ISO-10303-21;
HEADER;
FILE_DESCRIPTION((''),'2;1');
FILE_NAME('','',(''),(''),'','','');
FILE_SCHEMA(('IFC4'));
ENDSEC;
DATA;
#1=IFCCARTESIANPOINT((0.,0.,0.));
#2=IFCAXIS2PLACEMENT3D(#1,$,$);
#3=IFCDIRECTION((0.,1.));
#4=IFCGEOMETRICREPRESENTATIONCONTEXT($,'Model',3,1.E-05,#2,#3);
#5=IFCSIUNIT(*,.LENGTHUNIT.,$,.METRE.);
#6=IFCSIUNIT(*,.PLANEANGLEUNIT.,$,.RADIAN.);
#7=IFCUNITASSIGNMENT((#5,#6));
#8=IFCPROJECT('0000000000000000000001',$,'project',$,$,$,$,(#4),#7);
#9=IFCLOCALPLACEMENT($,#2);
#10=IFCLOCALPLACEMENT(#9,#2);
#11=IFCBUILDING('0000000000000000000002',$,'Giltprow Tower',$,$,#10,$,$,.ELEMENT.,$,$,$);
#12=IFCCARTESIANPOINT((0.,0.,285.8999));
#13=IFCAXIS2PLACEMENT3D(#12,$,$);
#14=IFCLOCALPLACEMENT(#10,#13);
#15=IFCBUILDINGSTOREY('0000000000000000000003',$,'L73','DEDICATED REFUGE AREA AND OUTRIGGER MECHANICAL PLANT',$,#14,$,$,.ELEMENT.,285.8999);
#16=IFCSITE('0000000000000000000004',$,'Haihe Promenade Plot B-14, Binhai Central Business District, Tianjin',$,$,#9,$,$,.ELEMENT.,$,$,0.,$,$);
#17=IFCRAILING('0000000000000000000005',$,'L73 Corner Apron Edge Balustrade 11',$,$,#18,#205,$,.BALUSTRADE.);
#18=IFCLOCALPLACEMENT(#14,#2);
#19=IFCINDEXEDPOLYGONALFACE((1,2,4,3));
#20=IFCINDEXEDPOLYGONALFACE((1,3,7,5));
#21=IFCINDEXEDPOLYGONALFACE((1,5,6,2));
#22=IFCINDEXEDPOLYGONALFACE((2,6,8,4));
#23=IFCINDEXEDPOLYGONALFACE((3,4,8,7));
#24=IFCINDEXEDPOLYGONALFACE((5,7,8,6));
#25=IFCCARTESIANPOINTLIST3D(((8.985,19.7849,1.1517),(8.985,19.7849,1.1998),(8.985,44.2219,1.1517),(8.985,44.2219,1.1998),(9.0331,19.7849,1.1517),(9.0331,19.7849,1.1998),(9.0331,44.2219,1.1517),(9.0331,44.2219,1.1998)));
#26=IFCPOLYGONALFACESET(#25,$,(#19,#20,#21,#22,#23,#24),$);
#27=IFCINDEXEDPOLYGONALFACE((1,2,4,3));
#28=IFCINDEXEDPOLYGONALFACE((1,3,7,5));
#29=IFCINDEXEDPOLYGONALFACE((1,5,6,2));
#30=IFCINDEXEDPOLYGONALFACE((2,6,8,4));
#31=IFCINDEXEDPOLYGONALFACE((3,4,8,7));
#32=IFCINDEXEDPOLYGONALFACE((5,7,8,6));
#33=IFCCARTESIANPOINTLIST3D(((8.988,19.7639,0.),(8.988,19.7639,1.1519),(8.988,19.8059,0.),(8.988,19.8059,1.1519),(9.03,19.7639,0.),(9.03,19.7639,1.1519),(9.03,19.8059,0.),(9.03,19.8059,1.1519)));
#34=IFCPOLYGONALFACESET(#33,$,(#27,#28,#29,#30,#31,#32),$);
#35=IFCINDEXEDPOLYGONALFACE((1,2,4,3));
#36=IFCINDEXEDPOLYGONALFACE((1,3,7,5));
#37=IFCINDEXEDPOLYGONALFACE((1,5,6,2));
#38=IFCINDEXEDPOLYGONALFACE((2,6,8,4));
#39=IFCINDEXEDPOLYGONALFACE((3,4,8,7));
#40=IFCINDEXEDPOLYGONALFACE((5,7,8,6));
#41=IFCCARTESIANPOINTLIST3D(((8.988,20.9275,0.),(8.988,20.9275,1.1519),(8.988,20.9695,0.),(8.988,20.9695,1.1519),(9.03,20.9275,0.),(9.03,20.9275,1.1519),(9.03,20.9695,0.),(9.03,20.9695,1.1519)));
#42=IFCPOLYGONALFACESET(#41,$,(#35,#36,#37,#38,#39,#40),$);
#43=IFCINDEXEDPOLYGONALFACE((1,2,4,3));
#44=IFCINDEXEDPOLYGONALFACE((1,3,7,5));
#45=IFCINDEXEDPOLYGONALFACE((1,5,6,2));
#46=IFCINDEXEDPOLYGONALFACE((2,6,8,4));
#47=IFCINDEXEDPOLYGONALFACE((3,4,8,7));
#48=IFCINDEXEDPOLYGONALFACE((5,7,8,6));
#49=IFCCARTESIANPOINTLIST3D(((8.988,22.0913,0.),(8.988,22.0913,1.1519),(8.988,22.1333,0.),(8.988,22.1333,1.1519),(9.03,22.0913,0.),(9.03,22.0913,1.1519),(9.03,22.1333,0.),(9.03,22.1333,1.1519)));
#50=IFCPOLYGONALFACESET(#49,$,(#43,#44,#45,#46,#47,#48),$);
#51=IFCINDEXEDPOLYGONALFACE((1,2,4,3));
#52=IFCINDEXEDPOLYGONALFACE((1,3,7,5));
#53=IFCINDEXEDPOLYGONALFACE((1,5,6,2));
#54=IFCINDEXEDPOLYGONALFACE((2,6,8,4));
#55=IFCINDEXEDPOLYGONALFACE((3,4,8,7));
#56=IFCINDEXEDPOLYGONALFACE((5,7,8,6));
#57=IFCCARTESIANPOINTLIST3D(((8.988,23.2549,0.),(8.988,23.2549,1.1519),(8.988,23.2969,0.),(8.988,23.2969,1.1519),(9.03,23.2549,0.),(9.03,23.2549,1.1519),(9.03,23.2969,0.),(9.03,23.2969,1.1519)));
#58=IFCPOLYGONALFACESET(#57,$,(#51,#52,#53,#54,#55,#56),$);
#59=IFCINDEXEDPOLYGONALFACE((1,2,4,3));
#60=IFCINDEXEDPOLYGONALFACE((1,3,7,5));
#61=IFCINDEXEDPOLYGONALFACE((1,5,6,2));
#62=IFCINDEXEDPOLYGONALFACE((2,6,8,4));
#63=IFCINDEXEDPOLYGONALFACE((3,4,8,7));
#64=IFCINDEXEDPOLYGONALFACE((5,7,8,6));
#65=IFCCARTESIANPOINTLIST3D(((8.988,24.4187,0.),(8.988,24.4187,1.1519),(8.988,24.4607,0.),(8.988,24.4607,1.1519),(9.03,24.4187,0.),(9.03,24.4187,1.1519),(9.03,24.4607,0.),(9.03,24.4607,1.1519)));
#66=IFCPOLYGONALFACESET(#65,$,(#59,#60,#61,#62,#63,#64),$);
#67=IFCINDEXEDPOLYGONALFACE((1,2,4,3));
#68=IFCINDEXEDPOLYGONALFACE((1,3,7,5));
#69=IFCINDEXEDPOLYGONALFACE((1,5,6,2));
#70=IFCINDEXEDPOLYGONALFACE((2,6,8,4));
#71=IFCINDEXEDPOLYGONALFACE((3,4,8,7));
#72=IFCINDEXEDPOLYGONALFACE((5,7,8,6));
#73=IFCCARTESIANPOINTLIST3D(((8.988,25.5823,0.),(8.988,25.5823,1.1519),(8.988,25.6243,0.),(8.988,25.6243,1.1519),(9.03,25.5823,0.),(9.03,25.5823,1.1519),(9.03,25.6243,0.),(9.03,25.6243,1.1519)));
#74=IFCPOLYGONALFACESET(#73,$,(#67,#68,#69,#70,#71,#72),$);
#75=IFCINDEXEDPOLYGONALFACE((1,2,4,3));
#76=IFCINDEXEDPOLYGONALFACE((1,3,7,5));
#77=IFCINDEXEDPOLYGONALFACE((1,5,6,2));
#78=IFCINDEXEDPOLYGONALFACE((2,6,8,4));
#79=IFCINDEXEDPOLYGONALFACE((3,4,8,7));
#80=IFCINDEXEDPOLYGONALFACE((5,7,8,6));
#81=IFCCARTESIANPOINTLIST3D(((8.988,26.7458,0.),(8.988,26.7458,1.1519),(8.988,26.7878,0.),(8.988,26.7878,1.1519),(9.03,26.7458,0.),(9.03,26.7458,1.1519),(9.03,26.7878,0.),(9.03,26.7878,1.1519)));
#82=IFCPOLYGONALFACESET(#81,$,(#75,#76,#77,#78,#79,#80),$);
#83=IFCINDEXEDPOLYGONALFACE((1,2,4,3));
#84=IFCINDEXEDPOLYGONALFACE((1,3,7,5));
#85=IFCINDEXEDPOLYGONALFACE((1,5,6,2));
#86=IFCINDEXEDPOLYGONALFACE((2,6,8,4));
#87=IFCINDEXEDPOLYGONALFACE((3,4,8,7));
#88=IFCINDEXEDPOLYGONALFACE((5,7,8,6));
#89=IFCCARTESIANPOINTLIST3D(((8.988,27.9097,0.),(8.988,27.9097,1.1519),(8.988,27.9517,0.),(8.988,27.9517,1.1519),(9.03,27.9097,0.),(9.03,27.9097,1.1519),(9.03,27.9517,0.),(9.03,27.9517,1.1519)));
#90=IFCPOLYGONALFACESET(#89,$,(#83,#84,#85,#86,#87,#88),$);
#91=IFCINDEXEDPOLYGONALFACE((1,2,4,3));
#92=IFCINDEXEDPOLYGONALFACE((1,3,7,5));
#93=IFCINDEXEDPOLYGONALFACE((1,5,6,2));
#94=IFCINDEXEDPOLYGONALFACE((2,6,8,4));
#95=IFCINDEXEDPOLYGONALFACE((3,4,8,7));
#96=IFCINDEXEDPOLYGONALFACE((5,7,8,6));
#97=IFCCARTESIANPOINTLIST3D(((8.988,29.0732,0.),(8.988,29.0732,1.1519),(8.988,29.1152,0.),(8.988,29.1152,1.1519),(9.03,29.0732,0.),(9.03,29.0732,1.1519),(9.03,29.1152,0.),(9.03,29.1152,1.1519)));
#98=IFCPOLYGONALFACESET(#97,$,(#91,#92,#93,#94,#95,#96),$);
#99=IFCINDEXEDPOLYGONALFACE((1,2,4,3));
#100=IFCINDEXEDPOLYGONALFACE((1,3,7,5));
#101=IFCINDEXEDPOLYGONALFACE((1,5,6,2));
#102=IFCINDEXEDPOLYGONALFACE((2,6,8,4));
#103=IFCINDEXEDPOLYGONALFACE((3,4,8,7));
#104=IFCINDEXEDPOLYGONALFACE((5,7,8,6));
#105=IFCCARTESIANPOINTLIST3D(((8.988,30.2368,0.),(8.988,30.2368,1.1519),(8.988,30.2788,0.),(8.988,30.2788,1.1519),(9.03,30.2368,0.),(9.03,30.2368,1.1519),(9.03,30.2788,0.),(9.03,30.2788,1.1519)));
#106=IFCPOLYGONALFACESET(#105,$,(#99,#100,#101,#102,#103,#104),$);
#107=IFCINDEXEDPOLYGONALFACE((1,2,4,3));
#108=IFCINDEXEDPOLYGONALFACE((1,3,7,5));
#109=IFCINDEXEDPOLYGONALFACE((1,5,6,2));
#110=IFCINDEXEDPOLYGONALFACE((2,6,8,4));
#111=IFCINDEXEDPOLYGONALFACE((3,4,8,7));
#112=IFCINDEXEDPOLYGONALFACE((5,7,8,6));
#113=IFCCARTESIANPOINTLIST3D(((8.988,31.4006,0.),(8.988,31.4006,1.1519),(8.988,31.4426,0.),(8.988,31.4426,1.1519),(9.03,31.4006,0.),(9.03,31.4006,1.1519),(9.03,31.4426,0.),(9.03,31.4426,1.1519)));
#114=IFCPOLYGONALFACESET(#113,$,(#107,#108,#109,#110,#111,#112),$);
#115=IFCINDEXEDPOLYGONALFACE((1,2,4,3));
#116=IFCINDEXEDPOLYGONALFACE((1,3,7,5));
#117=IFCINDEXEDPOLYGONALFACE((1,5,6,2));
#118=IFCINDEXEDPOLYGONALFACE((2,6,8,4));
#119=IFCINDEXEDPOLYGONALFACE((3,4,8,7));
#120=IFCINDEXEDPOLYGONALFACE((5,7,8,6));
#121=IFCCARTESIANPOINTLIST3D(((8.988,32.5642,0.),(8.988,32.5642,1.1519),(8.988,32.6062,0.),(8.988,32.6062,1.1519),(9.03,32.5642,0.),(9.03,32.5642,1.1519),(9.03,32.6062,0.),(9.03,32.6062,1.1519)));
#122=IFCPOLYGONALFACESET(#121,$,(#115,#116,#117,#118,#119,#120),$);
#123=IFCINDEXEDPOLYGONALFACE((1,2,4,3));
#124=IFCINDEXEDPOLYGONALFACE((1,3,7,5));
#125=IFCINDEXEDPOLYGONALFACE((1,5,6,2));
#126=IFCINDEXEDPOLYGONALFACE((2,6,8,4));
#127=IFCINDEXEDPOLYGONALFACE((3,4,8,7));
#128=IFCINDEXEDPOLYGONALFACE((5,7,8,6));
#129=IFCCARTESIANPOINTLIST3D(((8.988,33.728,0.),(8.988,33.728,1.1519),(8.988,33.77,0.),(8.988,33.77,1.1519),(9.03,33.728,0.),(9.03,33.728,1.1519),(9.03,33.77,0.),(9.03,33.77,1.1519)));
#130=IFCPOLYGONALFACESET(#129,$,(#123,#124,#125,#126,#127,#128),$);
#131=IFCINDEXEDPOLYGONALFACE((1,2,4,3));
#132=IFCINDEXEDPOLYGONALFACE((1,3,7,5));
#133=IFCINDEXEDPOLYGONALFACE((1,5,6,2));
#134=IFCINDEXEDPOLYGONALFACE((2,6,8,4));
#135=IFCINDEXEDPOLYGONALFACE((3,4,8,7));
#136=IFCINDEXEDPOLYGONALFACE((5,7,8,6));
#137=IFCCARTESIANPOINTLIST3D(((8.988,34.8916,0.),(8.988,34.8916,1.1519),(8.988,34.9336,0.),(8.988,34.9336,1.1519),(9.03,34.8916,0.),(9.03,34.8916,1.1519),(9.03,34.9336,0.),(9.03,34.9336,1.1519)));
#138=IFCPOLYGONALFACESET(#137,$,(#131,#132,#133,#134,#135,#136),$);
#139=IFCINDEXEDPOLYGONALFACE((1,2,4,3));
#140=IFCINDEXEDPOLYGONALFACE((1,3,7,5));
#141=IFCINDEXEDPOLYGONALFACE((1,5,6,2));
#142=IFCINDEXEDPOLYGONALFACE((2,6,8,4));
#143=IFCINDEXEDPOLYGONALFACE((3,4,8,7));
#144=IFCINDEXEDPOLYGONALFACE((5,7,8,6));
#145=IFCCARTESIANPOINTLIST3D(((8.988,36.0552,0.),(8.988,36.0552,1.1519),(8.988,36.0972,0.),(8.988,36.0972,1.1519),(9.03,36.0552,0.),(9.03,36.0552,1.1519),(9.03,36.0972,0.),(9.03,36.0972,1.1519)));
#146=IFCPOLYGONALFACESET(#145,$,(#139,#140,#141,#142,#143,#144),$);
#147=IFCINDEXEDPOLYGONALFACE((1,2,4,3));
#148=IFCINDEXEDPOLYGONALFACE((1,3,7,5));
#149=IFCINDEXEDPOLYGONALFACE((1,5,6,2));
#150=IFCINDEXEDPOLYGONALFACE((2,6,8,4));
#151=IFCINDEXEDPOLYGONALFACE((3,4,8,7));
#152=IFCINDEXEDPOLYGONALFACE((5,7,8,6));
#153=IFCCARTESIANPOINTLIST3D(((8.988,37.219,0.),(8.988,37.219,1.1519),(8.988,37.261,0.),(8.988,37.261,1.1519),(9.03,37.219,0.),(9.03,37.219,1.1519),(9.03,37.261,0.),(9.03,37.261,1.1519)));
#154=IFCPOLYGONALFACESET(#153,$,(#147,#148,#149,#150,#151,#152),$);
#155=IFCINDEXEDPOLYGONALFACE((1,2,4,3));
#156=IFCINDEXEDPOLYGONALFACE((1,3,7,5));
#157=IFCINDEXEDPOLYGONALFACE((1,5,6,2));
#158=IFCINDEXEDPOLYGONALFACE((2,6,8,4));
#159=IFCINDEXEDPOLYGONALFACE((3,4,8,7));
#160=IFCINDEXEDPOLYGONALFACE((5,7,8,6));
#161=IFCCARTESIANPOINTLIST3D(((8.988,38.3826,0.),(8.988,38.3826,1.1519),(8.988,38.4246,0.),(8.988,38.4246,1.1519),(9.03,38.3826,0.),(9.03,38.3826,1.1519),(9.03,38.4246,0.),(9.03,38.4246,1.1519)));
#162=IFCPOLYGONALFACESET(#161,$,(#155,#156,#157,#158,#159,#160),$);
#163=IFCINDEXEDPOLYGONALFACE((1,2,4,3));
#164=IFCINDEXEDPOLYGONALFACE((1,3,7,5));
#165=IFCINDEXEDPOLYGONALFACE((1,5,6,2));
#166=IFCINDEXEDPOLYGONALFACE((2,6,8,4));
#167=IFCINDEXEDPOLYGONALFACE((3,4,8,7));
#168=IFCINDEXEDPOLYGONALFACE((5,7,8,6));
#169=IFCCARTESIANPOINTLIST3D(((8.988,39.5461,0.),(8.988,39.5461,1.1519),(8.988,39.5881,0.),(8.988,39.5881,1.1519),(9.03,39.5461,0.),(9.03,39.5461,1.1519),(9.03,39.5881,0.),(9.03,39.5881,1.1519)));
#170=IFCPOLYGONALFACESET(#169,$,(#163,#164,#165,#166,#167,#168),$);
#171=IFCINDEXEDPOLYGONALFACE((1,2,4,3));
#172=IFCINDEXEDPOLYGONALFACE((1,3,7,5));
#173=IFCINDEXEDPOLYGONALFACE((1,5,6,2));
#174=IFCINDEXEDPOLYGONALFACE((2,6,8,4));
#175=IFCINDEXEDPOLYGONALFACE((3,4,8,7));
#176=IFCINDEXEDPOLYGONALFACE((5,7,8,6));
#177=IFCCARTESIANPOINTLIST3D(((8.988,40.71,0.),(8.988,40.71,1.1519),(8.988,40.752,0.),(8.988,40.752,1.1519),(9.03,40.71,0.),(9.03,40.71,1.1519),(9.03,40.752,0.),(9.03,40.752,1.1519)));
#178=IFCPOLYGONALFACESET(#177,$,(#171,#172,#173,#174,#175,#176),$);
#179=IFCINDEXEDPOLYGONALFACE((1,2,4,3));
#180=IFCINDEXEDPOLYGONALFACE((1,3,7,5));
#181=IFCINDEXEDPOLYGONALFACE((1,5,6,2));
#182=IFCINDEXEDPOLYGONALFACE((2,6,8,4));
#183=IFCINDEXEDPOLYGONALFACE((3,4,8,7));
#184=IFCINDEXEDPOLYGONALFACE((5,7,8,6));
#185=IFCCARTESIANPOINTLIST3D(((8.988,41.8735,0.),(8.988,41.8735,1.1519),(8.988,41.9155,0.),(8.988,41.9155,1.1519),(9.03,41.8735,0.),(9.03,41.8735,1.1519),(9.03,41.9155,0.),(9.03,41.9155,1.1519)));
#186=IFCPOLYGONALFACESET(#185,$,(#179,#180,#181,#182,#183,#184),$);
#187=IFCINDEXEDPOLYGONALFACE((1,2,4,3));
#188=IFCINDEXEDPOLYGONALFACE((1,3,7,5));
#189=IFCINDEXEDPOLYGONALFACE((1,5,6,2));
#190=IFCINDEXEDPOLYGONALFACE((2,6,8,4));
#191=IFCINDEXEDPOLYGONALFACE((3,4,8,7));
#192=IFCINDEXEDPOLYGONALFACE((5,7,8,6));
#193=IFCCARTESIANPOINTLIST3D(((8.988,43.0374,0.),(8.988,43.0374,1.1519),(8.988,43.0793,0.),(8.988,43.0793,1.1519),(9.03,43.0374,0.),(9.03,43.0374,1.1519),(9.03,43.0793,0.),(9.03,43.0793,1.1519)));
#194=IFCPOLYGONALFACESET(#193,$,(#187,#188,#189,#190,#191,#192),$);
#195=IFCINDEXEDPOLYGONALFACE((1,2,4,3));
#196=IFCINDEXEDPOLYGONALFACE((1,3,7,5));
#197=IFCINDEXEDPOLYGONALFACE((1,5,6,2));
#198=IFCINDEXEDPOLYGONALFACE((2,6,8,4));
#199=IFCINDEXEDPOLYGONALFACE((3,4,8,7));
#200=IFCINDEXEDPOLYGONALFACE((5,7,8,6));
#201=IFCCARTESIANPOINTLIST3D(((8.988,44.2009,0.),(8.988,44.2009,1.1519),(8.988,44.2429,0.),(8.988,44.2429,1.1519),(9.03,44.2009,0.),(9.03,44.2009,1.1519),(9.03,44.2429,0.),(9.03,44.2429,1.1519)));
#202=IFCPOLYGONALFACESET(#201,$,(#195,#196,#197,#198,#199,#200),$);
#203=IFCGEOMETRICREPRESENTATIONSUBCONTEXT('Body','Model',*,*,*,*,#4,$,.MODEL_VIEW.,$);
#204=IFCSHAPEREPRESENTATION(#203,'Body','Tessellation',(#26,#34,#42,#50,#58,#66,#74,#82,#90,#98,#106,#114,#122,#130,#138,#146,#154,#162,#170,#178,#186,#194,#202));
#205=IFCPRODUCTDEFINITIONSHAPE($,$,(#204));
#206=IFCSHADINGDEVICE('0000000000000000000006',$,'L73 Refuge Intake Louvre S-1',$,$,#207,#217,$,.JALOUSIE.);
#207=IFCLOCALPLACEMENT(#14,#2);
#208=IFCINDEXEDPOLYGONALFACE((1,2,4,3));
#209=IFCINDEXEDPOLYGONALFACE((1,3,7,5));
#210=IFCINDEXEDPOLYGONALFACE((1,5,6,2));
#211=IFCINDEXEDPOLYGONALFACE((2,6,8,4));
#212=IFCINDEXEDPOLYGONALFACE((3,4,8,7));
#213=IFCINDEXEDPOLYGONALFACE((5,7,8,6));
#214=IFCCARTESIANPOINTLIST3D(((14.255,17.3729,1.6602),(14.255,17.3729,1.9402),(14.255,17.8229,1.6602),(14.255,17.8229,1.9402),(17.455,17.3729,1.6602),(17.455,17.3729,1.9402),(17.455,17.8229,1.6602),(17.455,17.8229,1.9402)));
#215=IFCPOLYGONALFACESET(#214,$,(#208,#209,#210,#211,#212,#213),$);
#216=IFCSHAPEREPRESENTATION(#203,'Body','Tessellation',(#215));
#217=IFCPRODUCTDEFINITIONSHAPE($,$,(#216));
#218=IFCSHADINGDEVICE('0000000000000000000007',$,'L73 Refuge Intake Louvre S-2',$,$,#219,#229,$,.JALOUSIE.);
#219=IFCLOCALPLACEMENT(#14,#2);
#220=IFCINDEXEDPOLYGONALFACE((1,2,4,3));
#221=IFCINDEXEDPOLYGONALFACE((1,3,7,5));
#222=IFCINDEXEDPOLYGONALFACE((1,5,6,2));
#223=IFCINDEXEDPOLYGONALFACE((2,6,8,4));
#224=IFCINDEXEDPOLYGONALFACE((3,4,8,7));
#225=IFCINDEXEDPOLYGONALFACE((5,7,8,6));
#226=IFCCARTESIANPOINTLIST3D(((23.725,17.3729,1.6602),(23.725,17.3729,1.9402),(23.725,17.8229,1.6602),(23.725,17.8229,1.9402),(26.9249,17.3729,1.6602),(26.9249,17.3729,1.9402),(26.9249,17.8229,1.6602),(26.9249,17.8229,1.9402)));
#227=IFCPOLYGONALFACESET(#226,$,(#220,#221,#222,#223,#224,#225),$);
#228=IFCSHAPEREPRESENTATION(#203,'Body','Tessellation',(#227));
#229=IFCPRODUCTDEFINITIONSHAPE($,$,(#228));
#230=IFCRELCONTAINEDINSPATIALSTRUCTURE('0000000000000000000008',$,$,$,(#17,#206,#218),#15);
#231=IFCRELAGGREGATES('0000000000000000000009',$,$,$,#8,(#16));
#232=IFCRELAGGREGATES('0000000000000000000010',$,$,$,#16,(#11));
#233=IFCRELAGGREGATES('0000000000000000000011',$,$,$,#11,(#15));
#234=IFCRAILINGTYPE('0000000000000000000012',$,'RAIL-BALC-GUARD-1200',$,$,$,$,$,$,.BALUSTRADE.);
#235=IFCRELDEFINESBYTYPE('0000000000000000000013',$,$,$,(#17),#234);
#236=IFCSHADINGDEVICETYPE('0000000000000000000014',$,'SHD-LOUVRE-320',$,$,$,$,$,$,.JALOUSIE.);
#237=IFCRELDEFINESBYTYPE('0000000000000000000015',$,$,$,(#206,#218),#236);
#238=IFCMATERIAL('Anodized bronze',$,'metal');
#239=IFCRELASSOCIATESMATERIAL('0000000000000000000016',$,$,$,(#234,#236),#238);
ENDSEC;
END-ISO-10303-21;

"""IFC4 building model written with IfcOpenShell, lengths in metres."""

from ifc_helpers import new_model, si_unit, direction, frame, origin, origin_2d, place, context, subcontext, project, spatial, rectangle, extrude, source, transform, mapped, material, type_object, element, save


model = new_model("IFC4")

# Units and contexts
model_context = context("Model", 3, precision=1e-05, world=origin(), true_north=direction((0.0, 1.0)))
body_context = subcontext(model_context, "Body", "Model", "MODEL_VIEW")
ifc_project = project(units=[si_unit("LENGTHUNIT", "METRE"), si_unit("PLANEANGLEUNIT", "RADIAN")], contexts=[model_context])

# Site, building, storey
site_placement = place(None, origin())
site = spatial("IfcSite", under=ifc_project, at=site_placement, Name="Haihe Promenade Plot B-14, Binhai Central Business District, Tianjin", CompositionType="ELEMENT", RefElevation=0.0)
building_placement = place(site_placement, origin())
building = spatial("IfcBuilding", under=site, at=building_placement, Name="Giltprow Tower", CompositionType="ELEMENT")
storey_placement = place(building_placement, frame((0.0, 0.0, 285.8999)))
storey = spatial("IfcBuildingStorey", under=building, at=storey_placement, Name="L73", Description="DEDICATED REFUGE AREA AND OUTRIGGER MECHANICAL PLANT", CompositionType="ELEMENT", Elevation=285.8999)

# Railing
ifc_material_1 = material(Name="Anodized bronze", Category="metal")
railing_type = type_object("IfcRailingType", Name="RAIL-BALC-GUARD-1200", PredefinedType="BALUSTRADE", material=ifc_material_1)
railing_1_placement = place(storey_placement, frame((9.009, 19.7849, 0.0)))
element("IfcRailing", 1, at=railing_1_placement, inside=storey, type_object=railing_type, Name="L73 Corner Apron Edge Balustrade 11", PredefinedType="BALUSTRADE", context=body_context, shape_type="SweptSolid", body=[
    extrude(rectangle(XDim=0.0481, YDim=0.0481, at=origin_2d()), frame((0.0, 0.0, 1.1758), z_axis=(0.0, 1.0, 0.0), x_axis=(-1.0, 0.0, 0.0)), (0.0, 0.0, 1.0), 24.437),
    extrude(rectangle(XDim=0.042, YDim=0.042, at=origin_2d()), origin(), (0.0, 0.0, 1.0), 1.1519),
    extrude(rectangle(XDim=0.042, YDim=0.042, at=origin_2d()), frame((0.0, 1.1636, 0.0)), (0.0, 0.0, 1.0), 1.1519),
    extrude(rectangle(XDim=0.042, YDim=0.042, at=origin_2d()), frame((0.0, 2.3274, 0.0)), (0.0, 0.0, 1.0), 1.1519),
    extrude(rectangle(XDim=0.042, YDim=0.042, at=origin_2d()), frame((0.0, 3.491, 0.0)), (0.0, 0.0, 1.0), 1.1519),
    extrude(rectangle(XDim=0.042, YDim=0.042, at=origin_2d()), frame((0.0, 4.6548, 0.0)), (0.0, 0.0, 1.0), 1.1519),
    extrude(rectangle(XDim=0.042, YDim=0.042, at=origin_2d()), frame((0.0, 5.8184, 0.0)), (0.0, 0.0, 1.0), 1.1519),
    extrude(rectangle(XDim=0.042, YDim=0.042, at=origin_2d()), frame((0.0, 6.9819, 0.0)), (0.0, 0.0, 1.0), 1.1519),
    extrude(rectangle(XDim=0.042, YDim=0.042, at=origin_2d()), frame((0.0, 8.1458, 0.0)), (0.0, 0.0, 1.0), 1.1519),
    extrude(rectangle(XDim=0.042, YDim=0.042, at=origin_2d()), frame((0.0, 9.3093, 0.0)), (0.0, 0.0, 1.0), 1.1519),
    extrude(rectangle(XDim=0.042, YDim=0.042, at=origin_2d()), frame((0.0, 10.4729, 0.0)), (0.0, 0.0, 1.0), 1.1519),
    extrude(rectangle(XDim=0.042, YDim=0.042, at=origin_2d()), frame((0.0, 11.6367, 0.0)), (0.0, 0.0, 1.0), 1.1519),
    extrude(rectangle(XDim=0.042, YDim=0.042, at=origin_2d()), frame((0.0, 12.8003, 0.0)), (0.0, 0.0, 1.0), 1.1519),
    extrude(rectangle(XDim=0.042, YDim=0.042, at=origin_2d()), frame((0.0, 13.9641, 0.0)), (0.0, 0.0, 1.0), 1.1519),
    extrude(rectangle(XDim=0.042, YDim=0.042, at=origin_2d()), frame((0.0, 15.1277, 0.0)), (0.0, 0.0, 1.0), 1.1519),
    extrude(rectangle(XDim=0.042, YDim=0.042, at=origin_2d()), frame((0.0, 16.2913, 0.0)), (0.0, 0.0, 1.0), 1.1519),
    extrude(rectangle(XDim=0.042, YDim=0.042, at=origin_2d()), frame((0.0, 17.4551, 0.0)), (0.0, 0.0, 1.0), 1.1519),
    extrude(rectangle(XDim=0.042, YDim=0.042, at=origin_2d()), frame((0.0, 18.6187, 0.0)), (0.0, 0.0, 1.0), 1.1519),
    extrude(rectangle(XDim=0.042, YDim=0.042, at=origin_2d()), frame((0.0, 19.7822, 0.0)), (0.0, 0.0, 1.0), 1.1519),
    extrude(rectangle(XDim=0.042, YDim=0.042, at=origin_2d()), frame((0.0, 20.946, 0.0)), (0.0, 0.0, 1.0), 1.1519),
    extrude(rectangle(XDim=0.042, YDim=0.042, at=origin_2d()), frame((0.0, 22.1096, 0.0)), (0.0, 0.0, 1.0), 1.1519),
    extrude(rectangle(XDim=0.042, YDim=0.042, at=origin_2d()), frame((0.0, 23.2734, 0.0)), (0.0, 0.0, 1.0), 1.1519),
    extrude(rectangle(XDim=0.042, YDim=0.042, at=origin_2d()), frame((0.0, 24.437, 0.0)), (0.0, 0.0, 1.0), 1.1519),
])

# Shading devices
shading_device_type = type_object("IfcShadingDeviceType", Name="SHD-LOUVRE-320", PredefinedType="JALOUSIE", material=ifc_material_1)
shared_shape_1 = source(origin(), body_context, "Body", "SweptSolid", [
    extrude(rectangle(XDim=3.2, YDim=0.45, at=origin_2d()), origin(), (0.0, 0.0, 1.0), 0.28),
])
for number, where, z_axis, x_axis, name in (
    (2, (15.855, 17.5979, 1.6602), (0.0, 0.0, 1.0), (1.0, 0.0, 0.0), "L73 Refuge Intake Louvre S-1"),
    (3, (25.325, 17.5979, 1.6602), (0.0, 0.0, 1.0), (1.0, 0.0, 0.0), "L73 Refuge Intake Louvre S-2"),
):
    element("IfcShadingDevice", number, at=place(storey_placement, frame(where, z_axis=z_axis, x_axis=x_axis)), inside=storey, type_object=shading_device_type, Name=name, PredefinedType="JALOUSIE", context=body_context, shape_type="MappedRepresentation", body=[
        mapped(shared_shape_1, transform((0.0, 0.0, 0.0), x_axis=(1.0, 0.0, 0.0), y_axis=(0.0, 1.0, 0.0), z_axis=(0.0, 0.0, 1.0), scale=1.0)),
    ])

save(model, "model.ifc")
